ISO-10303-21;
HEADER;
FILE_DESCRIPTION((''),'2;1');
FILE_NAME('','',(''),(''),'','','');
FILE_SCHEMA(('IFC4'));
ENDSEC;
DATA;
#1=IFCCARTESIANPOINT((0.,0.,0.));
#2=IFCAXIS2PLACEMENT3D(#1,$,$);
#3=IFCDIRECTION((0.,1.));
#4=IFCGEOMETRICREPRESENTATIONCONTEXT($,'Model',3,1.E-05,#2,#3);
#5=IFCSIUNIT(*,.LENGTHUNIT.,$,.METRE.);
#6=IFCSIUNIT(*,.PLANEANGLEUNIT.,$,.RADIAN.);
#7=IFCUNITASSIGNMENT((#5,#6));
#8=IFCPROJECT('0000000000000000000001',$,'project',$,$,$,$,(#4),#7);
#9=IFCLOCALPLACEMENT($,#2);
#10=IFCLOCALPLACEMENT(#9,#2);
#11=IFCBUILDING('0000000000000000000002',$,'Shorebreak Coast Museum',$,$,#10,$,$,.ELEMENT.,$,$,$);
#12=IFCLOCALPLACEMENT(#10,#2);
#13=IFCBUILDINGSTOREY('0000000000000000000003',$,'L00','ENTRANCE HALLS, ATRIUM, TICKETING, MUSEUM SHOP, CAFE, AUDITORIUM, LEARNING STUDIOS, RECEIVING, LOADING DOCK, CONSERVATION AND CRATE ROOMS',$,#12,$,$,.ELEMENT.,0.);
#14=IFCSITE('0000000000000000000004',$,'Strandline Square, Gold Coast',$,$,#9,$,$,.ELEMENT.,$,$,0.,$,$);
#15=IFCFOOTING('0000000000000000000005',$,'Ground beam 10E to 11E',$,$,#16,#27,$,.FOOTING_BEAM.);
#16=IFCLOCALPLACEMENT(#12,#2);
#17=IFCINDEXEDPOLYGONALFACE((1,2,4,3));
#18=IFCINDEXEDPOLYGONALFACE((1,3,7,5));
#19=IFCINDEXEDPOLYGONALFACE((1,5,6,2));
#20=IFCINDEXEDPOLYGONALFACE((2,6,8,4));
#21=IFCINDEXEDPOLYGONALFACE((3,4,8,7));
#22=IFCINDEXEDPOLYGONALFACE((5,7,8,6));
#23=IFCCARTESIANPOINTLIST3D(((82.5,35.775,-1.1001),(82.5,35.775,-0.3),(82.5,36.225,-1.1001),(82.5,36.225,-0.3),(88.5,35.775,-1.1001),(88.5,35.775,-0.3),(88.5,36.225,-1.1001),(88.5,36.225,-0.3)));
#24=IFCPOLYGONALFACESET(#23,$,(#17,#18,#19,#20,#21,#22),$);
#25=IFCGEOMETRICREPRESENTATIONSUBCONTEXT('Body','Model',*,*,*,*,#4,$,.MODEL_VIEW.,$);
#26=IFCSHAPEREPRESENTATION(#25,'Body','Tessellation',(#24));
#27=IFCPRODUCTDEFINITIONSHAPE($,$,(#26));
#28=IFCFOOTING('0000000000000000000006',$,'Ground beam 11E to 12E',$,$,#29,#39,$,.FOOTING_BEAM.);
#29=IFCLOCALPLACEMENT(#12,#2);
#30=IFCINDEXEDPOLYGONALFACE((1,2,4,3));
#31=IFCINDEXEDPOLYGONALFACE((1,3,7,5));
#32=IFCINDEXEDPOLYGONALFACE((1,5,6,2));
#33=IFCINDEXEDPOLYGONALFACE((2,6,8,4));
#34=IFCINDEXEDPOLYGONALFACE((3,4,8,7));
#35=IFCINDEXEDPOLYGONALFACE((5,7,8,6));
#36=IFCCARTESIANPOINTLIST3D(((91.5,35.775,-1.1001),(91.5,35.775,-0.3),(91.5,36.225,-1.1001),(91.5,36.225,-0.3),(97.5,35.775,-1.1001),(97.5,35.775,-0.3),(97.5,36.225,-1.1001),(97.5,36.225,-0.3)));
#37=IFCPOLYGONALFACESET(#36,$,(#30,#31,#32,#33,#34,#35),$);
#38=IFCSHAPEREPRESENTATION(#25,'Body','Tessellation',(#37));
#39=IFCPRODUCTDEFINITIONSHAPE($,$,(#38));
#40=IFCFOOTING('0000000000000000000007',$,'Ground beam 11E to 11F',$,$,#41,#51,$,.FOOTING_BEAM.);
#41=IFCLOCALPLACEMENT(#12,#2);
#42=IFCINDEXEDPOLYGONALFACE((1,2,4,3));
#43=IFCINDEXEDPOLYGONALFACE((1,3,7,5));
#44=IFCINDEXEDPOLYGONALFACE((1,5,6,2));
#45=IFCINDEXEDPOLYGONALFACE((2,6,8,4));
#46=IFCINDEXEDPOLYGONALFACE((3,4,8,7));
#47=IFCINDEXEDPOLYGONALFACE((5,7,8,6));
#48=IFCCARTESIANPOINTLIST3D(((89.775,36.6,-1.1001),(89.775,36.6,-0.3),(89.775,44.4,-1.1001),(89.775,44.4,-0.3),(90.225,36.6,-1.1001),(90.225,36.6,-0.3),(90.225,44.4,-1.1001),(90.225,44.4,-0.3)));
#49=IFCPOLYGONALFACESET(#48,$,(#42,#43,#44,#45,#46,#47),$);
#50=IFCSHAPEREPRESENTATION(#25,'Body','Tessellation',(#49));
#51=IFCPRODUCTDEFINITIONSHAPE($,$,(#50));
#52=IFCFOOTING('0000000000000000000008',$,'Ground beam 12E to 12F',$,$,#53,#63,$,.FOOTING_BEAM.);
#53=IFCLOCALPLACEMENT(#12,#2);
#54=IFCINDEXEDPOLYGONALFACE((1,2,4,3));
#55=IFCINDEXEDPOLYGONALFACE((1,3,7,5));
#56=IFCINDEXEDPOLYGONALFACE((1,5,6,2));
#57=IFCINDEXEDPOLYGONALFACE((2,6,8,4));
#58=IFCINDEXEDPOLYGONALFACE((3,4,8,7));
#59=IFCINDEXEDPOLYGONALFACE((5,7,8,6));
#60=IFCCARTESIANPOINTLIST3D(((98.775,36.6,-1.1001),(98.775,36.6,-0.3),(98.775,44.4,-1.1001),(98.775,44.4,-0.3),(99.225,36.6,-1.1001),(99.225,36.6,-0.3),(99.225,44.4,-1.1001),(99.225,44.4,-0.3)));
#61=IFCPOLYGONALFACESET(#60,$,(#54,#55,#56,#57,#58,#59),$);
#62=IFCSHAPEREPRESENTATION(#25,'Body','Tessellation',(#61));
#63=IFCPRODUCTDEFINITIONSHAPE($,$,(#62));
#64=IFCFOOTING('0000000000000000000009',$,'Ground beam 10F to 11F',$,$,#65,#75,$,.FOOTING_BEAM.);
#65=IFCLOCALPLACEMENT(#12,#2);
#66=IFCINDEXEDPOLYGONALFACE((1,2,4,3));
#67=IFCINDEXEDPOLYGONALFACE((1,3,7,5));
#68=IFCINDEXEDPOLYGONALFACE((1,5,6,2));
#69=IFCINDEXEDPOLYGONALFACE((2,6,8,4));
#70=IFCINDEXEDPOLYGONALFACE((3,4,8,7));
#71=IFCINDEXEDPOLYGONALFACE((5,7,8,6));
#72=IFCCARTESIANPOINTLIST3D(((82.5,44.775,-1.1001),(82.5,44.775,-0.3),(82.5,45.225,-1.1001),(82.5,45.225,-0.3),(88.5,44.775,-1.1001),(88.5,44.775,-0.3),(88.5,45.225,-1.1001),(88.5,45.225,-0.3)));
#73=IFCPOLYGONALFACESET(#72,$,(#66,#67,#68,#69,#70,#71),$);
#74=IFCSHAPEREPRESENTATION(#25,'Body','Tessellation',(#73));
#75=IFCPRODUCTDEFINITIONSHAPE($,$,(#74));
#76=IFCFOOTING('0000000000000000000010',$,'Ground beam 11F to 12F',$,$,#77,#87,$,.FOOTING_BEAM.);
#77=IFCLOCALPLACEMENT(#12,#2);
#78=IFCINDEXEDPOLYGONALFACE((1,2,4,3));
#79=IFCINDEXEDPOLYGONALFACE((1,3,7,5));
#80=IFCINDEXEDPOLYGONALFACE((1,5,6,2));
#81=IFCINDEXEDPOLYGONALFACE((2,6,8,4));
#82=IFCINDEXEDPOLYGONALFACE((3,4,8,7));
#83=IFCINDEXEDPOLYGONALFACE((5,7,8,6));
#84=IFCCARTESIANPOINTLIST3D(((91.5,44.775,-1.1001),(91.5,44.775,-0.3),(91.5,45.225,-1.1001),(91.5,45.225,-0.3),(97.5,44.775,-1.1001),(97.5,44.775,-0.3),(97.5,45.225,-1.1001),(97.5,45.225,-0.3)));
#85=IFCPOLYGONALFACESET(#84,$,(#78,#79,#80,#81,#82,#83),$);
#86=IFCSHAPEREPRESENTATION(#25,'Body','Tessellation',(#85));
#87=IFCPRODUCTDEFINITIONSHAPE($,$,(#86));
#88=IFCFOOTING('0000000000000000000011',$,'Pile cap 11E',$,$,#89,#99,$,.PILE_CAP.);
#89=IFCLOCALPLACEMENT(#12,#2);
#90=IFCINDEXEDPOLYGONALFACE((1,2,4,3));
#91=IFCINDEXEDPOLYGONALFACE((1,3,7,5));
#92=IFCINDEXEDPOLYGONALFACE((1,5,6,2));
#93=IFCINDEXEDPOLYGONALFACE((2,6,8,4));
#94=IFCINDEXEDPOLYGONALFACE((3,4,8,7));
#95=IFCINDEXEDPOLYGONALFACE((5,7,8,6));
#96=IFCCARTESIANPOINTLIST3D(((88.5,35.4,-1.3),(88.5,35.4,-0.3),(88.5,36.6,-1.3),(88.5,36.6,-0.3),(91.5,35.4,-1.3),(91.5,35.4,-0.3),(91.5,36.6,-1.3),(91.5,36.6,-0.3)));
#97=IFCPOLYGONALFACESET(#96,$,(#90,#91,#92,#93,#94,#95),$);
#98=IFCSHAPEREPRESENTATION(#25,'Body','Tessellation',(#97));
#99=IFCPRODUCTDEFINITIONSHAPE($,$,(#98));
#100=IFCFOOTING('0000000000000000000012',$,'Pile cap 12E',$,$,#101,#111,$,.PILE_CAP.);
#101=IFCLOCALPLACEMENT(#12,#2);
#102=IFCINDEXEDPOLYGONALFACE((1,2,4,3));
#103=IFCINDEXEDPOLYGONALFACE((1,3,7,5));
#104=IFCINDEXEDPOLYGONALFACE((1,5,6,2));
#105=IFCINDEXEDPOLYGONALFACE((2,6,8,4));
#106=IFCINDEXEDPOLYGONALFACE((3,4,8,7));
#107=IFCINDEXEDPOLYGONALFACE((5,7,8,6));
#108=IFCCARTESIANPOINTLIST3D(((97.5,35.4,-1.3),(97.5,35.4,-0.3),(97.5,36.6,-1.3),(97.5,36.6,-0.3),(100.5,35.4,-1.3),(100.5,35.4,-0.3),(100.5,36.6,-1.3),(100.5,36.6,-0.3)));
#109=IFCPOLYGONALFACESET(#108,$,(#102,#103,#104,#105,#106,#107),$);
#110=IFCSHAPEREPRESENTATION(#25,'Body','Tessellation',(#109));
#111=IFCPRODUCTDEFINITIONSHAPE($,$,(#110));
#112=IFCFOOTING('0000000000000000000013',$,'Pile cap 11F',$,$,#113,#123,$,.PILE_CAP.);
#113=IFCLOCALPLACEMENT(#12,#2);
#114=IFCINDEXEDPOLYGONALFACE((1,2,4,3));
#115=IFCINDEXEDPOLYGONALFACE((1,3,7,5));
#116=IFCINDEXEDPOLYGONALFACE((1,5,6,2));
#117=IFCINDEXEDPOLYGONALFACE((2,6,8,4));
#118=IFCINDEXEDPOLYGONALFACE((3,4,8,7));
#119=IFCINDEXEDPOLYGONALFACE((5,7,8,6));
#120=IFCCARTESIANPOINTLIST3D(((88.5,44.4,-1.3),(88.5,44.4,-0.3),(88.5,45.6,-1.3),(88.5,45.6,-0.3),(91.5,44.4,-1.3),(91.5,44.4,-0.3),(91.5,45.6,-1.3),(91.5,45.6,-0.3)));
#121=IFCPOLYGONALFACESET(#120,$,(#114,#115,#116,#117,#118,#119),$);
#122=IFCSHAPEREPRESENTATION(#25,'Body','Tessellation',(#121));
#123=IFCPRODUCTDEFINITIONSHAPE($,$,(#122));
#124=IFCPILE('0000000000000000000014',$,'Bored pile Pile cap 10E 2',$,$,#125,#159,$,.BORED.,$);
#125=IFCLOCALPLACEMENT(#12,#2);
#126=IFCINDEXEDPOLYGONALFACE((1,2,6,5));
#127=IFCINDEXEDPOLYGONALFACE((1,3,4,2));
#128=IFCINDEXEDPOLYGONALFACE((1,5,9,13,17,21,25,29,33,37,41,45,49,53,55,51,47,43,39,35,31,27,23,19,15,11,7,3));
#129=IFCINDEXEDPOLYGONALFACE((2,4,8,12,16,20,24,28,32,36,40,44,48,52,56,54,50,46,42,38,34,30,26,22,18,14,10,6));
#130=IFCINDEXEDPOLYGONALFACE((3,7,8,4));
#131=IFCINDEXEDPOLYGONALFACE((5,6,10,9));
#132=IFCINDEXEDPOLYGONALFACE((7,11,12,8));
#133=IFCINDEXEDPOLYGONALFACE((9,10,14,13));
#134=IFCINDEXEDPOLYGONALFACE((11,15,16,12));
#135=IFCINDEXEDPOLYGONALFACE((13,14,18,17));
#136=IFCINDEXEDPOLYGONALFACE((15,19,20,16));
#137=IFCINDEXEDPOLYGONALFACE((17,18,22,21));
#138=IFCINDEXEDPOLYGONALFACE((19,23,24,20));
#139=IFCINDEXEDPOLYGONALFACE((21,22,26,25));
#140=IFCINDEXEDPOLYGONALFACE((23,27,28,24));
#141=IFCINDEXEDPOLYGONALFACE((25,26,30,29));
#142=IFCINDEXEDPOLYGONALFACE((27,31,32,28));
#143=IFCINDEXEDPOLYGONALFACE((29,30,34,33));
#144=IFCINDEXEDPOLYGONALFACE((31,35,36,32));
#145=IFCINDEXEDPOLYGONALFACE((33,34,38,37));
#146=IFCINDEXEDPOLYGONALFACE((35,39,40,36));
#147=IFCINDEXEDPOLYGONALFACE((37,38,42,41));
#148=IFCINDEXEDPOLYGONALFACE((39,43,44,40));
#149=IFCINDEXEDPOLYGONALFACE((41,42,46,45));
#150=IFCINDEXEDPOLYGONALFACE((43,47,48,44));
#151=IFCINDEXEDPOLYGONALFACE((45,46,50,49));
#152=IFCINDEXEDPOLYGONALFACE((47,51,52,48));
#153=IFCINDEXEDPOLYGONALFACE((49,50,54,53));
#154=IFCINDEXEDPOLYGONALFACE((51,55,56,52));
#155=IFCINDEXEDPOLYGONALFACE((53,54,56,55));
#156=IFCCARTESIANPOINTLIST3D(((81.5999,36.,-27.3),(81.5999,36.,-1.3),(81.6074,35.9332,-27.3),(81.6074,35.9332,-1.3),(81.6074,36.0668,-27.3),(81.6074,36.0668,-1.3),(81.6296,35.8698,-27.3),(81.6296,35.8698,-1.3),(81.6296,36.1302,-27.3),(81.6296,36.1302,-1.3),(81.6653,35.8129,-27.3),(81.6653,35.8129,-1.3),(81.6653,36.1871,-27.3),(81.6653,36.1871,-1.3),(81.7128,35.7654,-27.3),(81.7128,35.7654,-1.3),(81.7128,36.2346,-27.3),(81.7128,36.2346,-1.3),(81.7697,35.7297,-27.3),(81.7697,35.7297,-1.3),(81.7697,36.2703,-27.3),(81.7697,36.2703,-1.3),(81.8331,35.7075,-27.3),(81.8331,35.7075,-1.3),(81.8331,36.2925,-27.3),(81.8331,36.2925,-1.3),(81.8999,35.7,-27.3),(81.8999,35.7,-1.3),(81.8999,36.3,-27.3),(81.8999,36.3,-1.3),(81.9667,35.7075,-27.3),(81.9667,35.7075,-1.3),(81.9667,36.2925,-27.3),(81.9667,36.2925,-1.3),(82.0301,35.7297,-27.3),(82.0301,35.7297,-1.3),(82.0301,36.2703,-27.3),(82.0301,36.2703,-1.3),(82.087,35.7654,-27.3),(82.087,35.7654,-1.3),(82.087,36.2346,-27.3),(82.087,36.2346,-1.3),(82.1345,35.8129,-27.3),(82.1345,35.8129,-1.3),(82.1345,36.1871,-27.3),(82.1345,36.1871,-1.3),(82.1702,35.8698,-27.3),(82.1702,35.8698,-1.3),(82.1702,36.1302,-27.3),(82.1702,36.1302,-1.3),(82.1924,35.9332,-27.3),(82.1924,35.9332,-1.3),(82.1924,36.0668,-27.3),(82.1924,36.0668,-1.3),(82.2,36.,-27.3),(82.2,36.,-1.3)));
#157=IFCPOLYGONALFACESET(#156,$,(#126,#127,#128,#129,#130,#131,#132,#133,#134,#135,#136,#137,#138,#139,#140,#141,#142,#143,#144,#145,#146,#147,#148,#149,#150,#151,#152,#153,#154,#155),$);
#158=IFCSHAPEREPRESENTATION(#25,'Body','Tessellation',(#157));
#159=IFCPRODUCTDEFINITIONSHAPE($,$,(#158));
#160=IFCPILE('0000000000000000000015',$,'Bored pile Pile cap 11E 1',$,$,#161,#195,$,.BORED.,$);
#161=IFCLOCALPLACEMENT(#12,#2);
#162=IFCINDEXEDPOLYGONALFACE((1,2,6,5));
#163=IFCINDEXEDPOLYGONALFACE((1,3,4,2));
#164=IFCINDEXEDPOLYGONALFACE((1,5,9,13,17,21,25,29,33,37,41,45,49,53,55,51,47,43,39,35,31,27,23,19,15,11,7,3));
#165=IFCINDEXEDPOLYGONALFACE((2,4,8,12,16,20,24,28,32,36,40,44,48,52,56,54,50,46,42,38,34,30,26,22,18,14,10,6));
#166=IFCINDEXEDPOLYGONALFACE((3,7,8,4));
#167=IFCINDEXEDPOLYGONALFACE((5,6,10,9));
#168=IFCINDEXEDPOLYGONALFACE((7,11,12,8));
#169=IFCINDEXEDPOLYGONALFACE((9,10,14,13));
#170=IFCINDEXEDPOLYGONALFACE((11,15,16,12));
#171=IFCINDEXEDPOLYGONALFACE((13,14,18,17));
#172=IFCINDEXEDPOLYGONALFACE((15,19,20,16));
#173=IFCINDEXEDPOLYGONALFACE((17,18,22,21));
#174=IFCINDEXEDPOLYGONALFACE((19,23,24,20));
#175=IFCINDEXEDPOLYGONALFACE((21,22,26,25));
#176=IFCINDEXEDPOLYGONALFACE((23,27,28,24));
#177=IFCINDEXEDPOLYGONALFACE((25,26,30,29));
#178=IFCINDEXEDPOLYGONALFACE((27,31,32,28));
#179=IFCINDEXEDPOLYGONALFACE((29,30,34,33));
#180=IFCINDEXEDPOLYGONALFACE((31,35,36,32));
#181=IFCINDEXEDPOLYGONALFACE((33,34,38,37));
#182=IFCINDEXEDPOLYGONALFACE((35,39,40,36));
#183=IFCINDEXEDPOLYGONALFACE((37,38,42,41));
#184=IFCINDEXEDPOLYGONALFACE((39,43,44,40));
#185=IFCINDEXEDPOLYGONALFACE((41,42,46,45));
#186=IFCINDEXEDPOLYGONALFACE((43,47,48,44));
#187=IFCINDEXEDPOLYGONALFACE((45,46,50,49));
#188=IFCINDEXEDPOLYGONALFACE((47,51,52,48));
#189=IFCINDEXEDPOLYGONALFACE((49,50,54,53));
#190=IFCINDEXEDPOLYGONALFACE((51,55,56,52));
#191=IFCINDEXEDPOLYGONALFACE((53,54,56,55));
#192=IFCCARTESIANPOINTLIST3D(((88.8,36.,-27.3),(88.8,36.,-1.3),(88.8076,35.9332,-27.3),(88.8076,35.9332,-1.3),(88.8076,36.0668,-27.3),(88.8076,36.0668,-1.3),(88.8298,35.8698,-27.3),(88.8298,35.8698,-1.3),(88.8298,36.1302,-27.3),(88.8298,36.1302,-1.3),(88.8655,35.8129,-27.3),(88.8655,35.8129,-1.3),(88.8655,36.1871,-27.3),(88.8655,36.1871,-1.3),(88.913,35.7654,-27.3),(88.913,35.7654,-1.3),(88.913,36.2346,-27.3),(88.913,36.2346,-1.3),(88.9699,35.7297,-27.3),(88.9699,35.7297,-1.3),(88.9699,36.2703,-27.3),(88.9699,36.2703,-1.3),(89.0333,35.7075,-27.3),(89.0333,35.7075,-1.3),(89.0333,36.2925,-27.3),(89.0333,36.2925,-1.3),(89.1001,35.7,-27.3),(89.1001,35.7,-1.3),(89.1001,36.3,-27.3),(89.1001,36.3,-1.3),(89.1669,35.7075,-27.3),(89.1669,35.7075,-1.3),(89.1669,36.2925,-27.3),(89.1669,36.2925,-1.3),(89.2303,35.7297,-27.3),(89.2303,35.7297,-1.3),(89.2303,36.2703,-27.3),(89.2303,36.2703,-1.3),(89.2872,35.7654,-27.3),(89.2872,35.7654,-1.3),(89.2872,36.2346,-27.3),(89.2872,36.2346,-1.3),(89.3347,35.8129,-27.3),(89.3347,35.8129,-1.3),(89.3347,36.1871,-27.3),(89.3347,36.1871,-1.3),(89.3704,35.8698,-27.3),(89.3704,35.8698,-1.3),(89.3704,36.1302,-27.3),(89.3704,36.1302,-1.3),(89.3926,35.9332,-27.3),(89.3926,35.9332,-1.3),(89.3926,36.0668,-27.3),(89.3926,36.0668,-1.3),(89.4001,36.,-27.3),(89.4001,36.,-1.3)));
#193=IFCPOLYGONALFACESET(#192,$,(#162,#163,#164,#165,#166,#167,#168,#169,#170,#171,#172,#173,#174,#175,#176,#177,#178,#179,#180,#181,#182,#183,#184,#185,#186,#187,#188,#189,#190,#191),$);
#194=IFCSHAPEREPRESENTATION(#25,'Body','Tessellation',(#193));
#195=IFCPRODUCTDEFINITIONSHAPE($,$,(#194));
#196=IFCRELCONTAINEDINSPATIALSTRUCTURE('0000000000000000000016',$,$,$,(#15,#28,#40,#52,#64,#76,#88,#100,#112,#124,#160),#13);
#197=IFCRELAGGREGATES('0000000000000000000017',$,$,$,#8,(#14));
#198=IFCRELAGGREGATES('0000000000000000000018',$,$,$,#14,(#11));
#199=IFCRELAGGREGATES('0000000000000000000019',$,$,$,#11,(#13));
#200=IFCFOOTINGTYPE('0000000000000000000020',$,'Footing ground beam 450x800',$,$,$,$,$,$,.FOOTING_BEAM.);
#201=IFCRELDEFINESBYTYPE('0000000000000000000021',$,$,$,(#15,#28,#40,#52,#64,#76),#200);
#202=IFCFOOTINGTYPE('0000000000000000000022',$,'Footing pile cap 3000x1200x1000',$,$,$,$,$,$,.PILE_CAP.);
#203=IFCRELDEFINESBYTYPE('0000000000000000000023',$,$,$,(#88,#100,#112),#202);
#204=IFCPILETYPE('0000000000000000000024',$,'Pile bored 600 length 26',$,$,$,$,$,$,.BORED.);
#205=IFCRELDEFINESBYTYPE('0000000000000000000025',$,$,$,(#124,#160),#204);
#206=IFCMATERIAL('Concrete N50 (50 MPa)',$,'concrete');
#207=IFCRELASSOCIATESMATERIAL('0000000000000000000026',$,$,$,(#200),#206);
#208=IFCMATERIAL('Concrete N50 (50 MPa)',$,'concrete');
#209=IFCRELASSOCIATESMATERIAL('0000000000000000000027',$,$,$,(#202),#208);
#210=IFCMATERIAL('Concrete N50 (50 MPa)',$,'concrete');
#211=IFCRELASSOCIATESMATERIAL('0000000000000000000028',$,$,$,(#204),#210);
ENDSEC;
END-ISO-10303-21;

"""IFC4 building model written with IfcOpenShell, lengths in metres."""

from ifc_helpers import new_model, si_unit, direction, frame, origin, origin_2d, place, context, subcontext, project, spatial, rectangle, circle, extrude, material, material_profile, profile_set, type_object, element, save


model = new_model("IFC4")

# Units and contexts
model_context = context("Model", 3, precision=1e-05, world=origin(), true_north=direction((0.0, 1.0)))
body_context = subcontext(model_context, "Body", "Model", "MODEL_VIEW")
ifc_project = project(units=[si_unit("LENGTHUNIT", "METRE"), si_unit("PLANEANGLEUNIT", "RADIAN")], contexts=[model_context])

# Site, building, storey
site_placement = place(None, origin())
site = spatial("IfcSite", under=ifc_project, at=site_placement, Name="Strandline Square, Gold Coast", CompositionType="ELEMENT", RefElevation=0.0)
building_placement = place(site_placement, origin())
building = spatial("IfcBuilding", under=site, at=building_placement, Name="Shorebreak Coast Museum", CompositionType="ELEMENT")
storey_placement = place(building_placement, origin())
storey = spatial("IfcBuildingStorey", under=building, at=storey_placement, Name="L00", Description="ENTRANCE HALLS, ATRIUM, TICKETING, MUSEUM SHOP, CAFE, AUDITORIUM, LEARNING STUDIOS, RECEIVING, LOADING DOCK, CONSERVATION AND CRATE ROOMS", CompositionType="ELEMENT", Elevation=0.0)

# Footings
ifc_material_1 = material(Name="Concrete N50 (50 MPa)", Category="concrete")
footing_type_1 = type_object("IfcFootingType", Name="Footing ground beam 450x800", PredefinedType="FOOTING_BEAM", material=ifc_material_1)
for number, where, z_axis, x_axis, name in (
    (1, (85.5, 36.0, -1.1001), (0.0, 0.0, 1.0), (1.0, 0.0, 0.0), "Ground beam 10E to 11E"),
    (2, (94.5, 36.0, -1.1001), (0.0, 0.0, 1.0), (1.0, 0.0, 0.0), "Ground beam 11E to 12E"),
):
    element("IfcFooting", number, at=place(storey_placement, frame(where, z_axis=z_axis, x_axis=x_axis)), inside=storey, type_object=footing_type_1, Name=name, PredefinedType="FOOTING_BEAM", context=body_context, shape_type="SweptSolid", body=[
        extrude(rectangle(XDim=6.0, YDim=0.45, at=origin_2d()), origin(), (0.0, 0.0, 1.0), 0.8),
    ])
for number, where, z_axis, x_axis, name in (
    (3, (90.0, 40.5, -1.1001), (0.0, 0.0, 1.0), (1.0, 0.0, 0.0), "Ground beam 11E to 11F"),
    (4, (99.0, 40.5, -1.1001), (0.0, 0.0, 1.0), (1.0, 0.0, 0.0), "Ground beam 12E to 12F"),
):
    element("IfcFooting", number, at=place(storey_placement, frame(where, z_axis=z_axis, x_axis=x_axis)), inside=storey, type_object=footing_type_1, Name=name, PredefinedType="FOOTING_BEAM", context=body_context, shape_type="SweptSolid", body=[
        extrude(rectangle(XDim=0.45, YDim=7.8, at=origin_2d()), origin(), (0.0, 0.0, 1.0), 0.8),
    ])
for number, where, z_axis, x_axis, name in (
    (5, (85.5, 45.0, -1.1001), (0.0, 0.0, 1.0), (1.0, 0.0, 0.0), "Ground beam 10F to 11F"),
    (6, (94.5, 45.0, -1.1001), (0.0, 0.0, 1.0), (1.0, 0.0, 0.0), "Ground beam 11F to 12F"),
):
    element("IfcFooting", number, at=place(storey_placement, frame(where, z_axis=z_axis, x_axis=x_axis)), inside=storey, type_object=footing_type_1, Name=name, PredefinedType="FOOTING_BEAM", context=body_context, shape_type="SweptSolid", body=[
        extrude(rectangle(XDim=6.0, YDim=0.45, at=origin_2d()), origin(), (0.0, 0.0, 1.0), 0.8),
    ])
ifc_material_2 = material(Name="Concrete N50 (50 MPa)", Category="concrete")
footing_type_2 = type_object("IfcFootingType", Name="Footing pile cap 3000x1200x1000", PredefinedType="PILE_CAP", material=ifc_material_2)
for number, where, z_axis, x_axis, name in (
    (7, (90.0, 36.0, -1.3), (0.0, 0.0, 1.0), (1.0, 0.0, 0.0), "Pile cap 11E"),
    (8, (99.0, 36.0, -1.3), (0.0, 0.0, 1.0), (1.0, 0.0, 0.0), "Pile cap 12E"),
    (9, (90.0, 45.0, -1.3), (0.0, 0.0, 1.0), (1.0, 0.0, 0.0), "Pile cap 11F"),
):
    element("IfcFooting", number, at=place(storey_placement, frame(where, z_axis=z_axis, x_axis=x_axis)), inside=storey, type_object=footing_type_2, Name=name, PredefinedType="PILE_CAP", context=body_context, shape_type="SweptSolid", body=[
        extrude(rectangle(XDim=3.0, YDim=1.2, at=origin_2d()), origin(), (0.0, 0.0, 1.0), 1.0),
    ])

# Piles
ifc_material_3 = material(Name="Concrete N50 (50 MPa)", Category="concrete")
ifc_material_profile_1 = material_profile(ifc_material_3, circle(Radius=0.3, at=origin_2d()), Name="Pile bored 600 length 26")
ifc_profile_set_1 = profile_set([ifc_material_profile_1], Name="Concrete N50 (50 MPa)")
pile_type = type_object("IfcPileType", Name="Pile bored 600 length 26", PredefinedType="BORED", material=ifc_profile_set_1)
for number, where, z_axis, x_axis, name in (
    (10, (81.8999, 36.0, -1.3), (0.0, 0.0, -1.0), (1.0, 0.0, 0.0), "Bored pile Pile cap 10E 2"),
    (11, (89.1001, 36.0, -1.3), (0.0, 0.0, -1.0), (1.0, 0.0, 0.0), "Bored pile Pile cap 11E 1"),
):
    element("IfcPile", number, at=place(storey_placement, frame(where, z_axis=z_axis, x_axis=x_axis)), inside=storey, type_object=pile_type, Name=name, PredefinedType="BORED", context=body_context, shape_type="SweptSolid", body=[
        extrude(circle(Radius=0.3, at=origin_2d()), origin(), (0.0, 0.0, 1.0), 26.0),
    ])

save(model, "model.ifc")
